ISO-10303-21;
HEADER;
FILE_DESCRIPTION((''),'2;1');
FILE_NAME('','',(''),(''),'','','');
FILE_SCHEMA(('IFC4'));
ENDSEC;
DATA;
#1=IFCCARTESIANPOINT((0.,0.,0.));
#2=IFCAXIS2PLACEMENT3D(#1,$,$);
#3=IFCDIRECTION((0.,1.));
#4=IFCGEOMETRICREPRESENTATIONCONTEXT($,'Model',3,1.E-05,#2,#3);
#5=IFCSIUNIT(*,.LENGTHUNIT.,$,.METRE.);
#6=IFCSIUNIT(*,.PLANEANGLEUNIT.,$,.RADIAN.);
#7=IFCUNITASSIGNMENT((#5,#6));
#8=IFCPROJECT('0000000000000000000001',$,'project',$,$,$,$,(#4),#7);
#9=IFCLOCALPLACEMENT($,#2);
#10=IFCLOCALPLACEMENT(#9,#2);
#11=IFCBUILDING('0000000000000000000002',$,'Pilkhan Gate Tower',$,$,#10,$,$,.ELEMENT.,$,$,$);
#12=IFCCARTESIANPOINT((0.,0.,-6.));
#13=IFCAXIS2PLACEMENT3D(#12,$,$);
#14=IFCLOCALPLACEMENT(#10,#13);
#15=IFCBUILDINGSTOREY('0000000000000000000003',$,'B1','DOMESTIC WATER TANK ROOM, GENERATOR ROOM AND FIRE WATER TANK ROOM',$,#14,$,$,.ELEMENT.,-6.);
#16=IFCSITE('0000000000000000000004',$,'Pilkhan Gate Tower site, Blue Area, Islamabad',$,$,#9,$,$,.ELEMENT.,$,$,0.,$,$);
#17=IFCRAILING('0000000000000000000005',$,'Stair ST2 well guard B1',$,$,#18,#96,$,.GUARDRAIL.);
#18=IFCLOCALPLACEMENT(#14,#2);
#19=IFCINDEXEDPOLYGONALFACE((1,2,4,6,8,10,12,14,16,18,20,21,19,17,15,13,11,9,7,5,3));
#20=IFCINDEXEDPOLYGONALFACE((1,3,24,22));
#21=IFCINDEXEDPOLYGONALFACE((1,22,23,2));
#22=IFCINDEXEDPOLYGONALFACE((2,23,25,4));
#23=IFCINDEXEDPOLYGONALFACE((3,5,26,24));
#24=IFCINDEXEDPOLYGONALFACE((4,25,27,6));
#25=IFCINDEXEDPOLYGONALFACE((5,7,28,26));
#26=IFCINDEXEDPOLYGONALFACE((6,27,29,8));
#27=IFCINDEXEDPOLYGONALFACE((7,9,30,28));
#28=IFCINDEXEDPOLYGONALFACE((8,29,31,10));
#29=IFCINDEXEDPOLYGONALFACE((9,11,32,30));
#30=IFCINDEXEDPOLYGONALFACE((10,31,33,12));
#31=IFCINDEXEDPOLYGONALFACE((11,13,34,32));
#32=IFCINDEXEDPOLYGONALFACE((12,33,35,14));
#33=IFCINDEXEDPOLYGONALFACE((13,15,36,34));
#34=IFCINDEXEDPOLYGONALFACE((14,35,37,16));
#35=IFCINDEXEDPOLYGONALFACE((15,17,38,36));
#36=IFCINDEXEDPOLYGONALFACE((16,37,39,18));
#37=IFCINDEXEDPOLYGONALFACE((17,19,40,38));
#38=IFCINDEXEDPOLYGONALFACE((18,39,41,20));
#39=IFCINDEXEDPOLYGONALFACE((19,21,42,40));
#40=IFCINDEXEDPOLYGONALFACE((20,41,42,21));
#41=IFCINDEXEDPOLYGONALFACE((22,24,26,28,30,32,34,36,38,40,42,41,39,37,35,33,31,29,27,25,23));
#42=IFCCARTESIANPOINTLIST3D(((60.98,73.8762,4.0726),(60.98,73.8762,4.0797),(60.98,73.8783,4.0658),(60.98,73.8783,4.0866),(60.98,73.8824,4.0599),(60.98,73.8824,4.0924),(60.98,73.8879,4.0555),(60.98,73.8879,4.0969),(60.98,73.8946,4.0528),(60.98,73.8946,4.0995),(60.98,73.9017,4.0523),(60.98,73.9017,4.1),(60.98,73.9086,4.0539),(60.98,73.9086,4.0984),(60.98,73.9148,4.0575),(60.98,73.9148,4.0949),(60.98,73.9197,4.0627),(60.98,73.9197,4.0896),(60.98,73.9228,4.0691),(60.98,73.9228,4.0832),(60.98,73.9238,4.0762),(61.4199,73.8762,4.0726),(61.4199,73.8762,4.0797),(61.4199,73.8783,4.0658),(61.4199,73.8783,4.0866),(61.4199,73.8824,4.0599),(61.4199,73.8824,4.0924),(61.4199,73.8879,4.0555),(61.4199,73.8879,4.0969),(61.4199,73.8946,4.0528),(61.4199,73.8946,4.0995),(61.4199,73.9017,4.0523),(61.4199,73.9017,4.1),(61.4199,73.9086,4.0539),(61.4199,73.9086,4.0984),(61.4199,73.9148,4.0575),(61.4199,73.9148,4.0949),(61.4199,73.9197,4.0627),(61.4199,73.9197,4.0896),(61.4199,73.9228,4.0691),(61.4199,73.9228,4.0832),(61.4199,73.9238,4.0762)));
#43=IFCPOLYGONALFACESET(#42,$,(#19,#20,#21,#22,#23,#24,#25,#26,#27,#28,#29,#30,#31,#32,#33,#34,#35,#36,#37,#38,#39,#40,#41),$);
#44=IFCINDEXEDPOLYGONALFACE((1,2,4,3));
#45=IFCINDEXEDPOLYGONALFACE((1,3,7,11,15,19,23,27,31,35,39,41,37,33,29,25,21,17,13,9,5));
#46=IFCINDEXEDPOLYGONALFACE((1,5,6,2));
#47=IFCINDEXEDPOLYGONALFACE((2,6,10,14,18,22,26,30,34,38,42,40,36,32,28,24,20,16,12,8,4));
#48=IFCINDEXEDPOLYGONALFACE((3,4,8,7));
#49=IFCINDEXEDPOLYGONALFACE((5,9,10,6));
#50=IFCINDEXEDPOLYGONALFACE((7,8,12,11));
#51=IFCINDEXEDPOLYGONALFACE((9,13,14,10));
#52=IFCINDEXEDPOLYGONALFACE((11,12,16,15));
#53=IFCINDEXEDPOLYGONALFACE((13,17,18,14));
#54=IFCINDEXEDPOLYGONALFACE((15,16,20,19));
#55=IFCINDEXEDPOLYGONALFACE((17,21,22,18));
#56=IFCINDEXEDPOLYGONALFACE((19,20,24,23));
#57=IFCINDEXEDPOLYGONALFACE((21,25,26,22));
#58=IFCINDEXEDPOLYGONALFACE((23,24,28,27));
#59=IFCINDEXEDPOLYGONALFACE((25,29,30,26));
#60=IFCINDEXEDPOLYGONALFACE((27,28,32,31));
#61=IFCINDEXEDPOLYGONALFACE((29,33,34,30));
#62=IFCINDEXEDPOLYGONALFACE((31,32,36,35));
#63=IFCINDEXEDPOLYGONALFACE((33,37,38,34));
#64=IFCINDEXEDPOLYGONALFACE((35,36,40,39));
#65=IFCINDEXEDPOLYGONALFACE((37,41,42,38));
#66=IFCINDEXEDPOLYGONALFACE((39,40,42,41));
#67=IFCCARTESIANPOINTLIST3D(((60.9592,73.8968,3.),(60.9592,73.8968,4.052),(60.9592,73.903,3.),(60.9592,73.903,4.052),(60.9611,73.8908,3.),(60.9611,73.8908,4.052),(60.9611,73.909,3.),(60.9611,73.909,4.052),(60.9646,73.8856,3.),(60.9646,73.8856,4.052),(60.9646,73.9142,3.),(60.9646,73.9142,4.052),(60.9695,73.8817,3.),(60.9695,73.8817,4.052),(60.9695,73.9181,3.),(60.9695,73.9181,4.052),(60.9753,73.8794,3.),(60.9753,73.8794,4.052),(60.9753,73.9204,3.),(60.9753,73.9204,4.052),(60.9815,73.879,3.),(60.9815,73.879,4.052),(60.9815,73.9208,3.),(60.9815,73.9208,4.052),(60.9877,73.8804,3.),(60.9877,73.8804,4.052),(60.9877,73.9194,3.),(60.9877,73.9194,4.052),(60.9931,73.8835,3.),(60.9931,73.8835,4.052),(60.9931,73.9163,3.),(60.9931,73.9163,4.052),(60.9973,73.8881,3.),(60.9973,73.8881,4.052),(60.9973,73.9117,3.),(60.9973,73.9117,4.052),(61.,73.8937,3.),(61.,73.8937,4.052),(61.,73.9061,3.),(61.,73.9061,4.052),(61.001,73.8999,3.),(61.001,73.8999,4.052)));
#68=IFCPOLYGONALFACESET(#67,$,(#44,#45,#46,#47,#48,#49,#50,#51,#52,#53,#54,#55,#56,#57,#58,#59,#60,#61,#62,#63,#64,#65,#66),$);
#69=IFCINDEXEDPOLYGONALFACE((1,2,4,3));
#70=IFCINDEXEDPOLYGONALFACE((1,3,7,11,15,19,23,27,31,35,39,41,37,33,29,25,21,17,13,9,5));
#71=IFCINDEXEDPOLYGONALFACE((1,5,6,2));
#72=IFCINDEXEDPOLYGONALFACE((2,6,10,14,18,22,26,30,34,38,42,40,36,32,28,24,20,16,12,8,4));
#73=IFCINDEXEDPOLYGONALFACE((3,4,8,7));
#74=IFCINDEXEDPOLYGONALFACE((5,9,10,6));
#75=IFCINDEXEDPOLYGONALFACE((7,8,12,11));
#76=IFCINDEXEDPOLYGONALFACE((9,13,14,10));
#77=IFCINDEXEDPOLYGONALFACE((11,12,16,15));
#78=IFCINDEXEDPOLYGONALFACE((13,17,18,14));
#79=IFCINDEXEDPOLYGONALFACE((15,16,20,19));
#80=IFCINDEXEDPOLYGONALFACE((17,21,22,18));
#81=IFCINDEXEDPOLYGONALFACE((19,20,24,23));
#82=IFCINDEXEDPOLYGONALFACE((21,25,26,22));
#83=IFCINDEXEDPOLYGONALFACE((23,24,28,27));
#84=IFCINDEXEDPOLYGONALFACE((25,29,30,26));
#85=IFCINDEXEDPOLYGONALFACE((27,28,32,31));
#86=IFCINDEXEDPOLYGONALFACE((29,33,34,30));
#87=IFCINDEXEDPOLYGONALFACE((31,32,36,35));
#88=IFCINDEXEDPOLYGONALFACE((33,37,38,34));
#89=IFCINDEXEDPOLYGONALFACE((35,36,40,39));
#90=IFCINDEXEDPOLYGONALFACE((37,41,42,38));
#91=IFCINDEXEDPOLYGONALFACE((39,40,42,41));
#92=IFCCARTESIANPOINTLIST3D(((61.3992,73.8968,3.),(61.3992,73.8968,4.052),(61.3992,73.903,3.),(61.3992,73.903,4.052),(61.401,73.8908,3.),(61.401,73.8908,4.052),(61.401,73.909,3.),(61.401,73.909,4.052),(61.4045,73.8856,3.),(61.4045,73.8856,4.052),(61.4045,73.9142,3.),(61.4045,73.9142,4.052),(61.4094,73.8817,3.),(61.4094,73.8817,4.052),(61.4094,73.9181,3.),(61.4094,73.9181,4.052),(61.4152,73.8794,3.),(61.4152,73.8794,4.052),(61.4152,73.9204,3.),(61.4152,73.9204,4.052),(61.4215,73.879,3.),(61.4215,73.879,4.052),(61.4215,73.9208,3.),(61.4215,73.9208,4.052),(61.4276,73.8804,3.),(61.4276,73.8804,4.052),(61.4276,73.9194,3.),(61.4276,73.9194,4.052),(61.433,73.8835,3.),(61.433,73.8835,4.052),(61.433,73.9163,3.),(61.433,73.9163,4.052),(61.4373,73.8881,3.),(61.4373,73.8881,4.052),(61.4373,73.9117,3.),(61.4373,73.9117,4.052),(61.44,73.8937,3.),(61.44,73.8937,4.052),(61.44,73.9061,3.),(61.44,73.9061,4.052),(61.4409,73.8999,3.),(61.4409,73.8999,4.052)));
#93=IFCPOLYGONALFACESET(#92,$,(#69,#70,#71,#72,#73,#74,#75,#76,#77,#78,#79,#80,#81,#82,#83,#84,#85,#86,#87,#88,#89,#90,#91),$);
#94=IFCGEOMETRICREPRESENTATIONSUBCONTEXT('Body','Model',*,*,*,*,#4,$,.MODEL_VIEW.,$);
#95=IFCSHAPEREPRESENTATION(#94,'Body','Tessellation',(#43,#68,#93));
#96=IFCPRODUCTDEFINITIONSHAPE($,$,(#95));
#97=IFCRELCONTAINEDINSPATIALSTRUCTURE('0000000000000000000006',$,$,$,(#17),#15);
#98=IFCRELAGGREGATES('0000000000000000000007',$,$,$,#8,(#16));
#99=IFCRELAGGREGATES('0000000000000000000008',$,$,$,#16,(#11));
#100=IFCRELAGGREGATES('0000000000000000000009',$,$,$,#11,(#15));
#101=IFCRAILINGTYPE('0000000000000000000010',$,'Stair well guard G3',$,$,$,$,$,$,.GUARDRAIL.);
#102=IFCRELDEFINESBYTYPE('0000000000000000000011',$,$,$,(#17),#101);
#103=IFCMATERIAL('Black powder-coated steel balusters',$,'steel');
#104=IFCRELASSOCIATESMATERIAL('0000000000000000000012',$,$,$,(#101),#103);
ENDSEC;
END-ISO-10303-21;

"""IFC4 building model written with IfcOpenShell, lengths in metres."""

from ifc_helpers import new_model, si_unit, direction, frame, origin, origin_2d, place, context, subcontext, project, spatial, circle, extrude, material, type_object, element, save


model = new_model("IFC4")

# Units and contexts
model_context = context("Model", 3, precision=1e-05, world=origin(), true_north=direction((0.0, 1.0)))
body_context = subcontext(model_context, "Body", "Model", "MODEL_VIEW")
ifc_project = project(units=[si_unit("LENGTHUNIT", "METRE"), si_unit("PLANEANGLEUNIT", "RADIAN")], contexts=[model_context])

# Site, building, storey
site_placement = place(None, origin())
site = spatial("IfcSite", under=ifc_project, at=site_placement, Name="Pilkhan Gate Tower site, Blue Area, Islamabad", CompositionType="ELEMENT", RefElevation=0.0)
building_placement = place(site_placement, origin())
building = spatial("IfcBuilding", under=site, at=building_placement, Name="Pilkhan Gate Tower", CompositionType="ELEMENT")
storey_placement = place(building_placement, frame((0.0, 0.0, -6.0)))
storey = spatial("IfcBuildingStorey", under=building, at=storey_placement, Name="B1", Description="DOMESTIC WATER TANK ROOM, GENERATOR ROOM AND FIRE WATER TANK ROOM", CompositionType="ELEMENT", Elevation=-6.0)

# Railing
ifc_material_1 = material(Name="Black powder-coated steel balusters", Category="steel")
railing_type = type_object("IfcRailingType", Name="Stair well guard G3", PredefinedType="GUARDRAIL", material=ifc_material_1)
for number, where, name in (
    (1, (60.98, 73.8999, 3.0), "Stair ST2 well guard B1"),
):
    element("IfcRailing", number, at=place(storey_placement, frame(where)), inside=storey, type_object=railing_type, Name=name, PredefinedType="GUARDRAIL", context=body_context, shape_type="SweptSolid", body=[
        extrude(circle(Radius=0.0239, at=origin_2d()), frame((0.0, 0.0, 1.0762), z_axis=(1.0, 0.0, 0.0), x_axis=(0.0, 1.0, 0.0)), (0.0, 0.0, 1.0), 0.4399),
        extrude(circle(Radius=0.021, at=origin_2d()), origin(), (0.0, 0.0, 1.0), 1.052),
        extrude(circle(Radius=0.021, at=origin_2d()), frame((0.4399, 0.0, 0.0)), (0.0, 0.0, 1.0), 1.052),
    ])

save(model, "model.ifc")
